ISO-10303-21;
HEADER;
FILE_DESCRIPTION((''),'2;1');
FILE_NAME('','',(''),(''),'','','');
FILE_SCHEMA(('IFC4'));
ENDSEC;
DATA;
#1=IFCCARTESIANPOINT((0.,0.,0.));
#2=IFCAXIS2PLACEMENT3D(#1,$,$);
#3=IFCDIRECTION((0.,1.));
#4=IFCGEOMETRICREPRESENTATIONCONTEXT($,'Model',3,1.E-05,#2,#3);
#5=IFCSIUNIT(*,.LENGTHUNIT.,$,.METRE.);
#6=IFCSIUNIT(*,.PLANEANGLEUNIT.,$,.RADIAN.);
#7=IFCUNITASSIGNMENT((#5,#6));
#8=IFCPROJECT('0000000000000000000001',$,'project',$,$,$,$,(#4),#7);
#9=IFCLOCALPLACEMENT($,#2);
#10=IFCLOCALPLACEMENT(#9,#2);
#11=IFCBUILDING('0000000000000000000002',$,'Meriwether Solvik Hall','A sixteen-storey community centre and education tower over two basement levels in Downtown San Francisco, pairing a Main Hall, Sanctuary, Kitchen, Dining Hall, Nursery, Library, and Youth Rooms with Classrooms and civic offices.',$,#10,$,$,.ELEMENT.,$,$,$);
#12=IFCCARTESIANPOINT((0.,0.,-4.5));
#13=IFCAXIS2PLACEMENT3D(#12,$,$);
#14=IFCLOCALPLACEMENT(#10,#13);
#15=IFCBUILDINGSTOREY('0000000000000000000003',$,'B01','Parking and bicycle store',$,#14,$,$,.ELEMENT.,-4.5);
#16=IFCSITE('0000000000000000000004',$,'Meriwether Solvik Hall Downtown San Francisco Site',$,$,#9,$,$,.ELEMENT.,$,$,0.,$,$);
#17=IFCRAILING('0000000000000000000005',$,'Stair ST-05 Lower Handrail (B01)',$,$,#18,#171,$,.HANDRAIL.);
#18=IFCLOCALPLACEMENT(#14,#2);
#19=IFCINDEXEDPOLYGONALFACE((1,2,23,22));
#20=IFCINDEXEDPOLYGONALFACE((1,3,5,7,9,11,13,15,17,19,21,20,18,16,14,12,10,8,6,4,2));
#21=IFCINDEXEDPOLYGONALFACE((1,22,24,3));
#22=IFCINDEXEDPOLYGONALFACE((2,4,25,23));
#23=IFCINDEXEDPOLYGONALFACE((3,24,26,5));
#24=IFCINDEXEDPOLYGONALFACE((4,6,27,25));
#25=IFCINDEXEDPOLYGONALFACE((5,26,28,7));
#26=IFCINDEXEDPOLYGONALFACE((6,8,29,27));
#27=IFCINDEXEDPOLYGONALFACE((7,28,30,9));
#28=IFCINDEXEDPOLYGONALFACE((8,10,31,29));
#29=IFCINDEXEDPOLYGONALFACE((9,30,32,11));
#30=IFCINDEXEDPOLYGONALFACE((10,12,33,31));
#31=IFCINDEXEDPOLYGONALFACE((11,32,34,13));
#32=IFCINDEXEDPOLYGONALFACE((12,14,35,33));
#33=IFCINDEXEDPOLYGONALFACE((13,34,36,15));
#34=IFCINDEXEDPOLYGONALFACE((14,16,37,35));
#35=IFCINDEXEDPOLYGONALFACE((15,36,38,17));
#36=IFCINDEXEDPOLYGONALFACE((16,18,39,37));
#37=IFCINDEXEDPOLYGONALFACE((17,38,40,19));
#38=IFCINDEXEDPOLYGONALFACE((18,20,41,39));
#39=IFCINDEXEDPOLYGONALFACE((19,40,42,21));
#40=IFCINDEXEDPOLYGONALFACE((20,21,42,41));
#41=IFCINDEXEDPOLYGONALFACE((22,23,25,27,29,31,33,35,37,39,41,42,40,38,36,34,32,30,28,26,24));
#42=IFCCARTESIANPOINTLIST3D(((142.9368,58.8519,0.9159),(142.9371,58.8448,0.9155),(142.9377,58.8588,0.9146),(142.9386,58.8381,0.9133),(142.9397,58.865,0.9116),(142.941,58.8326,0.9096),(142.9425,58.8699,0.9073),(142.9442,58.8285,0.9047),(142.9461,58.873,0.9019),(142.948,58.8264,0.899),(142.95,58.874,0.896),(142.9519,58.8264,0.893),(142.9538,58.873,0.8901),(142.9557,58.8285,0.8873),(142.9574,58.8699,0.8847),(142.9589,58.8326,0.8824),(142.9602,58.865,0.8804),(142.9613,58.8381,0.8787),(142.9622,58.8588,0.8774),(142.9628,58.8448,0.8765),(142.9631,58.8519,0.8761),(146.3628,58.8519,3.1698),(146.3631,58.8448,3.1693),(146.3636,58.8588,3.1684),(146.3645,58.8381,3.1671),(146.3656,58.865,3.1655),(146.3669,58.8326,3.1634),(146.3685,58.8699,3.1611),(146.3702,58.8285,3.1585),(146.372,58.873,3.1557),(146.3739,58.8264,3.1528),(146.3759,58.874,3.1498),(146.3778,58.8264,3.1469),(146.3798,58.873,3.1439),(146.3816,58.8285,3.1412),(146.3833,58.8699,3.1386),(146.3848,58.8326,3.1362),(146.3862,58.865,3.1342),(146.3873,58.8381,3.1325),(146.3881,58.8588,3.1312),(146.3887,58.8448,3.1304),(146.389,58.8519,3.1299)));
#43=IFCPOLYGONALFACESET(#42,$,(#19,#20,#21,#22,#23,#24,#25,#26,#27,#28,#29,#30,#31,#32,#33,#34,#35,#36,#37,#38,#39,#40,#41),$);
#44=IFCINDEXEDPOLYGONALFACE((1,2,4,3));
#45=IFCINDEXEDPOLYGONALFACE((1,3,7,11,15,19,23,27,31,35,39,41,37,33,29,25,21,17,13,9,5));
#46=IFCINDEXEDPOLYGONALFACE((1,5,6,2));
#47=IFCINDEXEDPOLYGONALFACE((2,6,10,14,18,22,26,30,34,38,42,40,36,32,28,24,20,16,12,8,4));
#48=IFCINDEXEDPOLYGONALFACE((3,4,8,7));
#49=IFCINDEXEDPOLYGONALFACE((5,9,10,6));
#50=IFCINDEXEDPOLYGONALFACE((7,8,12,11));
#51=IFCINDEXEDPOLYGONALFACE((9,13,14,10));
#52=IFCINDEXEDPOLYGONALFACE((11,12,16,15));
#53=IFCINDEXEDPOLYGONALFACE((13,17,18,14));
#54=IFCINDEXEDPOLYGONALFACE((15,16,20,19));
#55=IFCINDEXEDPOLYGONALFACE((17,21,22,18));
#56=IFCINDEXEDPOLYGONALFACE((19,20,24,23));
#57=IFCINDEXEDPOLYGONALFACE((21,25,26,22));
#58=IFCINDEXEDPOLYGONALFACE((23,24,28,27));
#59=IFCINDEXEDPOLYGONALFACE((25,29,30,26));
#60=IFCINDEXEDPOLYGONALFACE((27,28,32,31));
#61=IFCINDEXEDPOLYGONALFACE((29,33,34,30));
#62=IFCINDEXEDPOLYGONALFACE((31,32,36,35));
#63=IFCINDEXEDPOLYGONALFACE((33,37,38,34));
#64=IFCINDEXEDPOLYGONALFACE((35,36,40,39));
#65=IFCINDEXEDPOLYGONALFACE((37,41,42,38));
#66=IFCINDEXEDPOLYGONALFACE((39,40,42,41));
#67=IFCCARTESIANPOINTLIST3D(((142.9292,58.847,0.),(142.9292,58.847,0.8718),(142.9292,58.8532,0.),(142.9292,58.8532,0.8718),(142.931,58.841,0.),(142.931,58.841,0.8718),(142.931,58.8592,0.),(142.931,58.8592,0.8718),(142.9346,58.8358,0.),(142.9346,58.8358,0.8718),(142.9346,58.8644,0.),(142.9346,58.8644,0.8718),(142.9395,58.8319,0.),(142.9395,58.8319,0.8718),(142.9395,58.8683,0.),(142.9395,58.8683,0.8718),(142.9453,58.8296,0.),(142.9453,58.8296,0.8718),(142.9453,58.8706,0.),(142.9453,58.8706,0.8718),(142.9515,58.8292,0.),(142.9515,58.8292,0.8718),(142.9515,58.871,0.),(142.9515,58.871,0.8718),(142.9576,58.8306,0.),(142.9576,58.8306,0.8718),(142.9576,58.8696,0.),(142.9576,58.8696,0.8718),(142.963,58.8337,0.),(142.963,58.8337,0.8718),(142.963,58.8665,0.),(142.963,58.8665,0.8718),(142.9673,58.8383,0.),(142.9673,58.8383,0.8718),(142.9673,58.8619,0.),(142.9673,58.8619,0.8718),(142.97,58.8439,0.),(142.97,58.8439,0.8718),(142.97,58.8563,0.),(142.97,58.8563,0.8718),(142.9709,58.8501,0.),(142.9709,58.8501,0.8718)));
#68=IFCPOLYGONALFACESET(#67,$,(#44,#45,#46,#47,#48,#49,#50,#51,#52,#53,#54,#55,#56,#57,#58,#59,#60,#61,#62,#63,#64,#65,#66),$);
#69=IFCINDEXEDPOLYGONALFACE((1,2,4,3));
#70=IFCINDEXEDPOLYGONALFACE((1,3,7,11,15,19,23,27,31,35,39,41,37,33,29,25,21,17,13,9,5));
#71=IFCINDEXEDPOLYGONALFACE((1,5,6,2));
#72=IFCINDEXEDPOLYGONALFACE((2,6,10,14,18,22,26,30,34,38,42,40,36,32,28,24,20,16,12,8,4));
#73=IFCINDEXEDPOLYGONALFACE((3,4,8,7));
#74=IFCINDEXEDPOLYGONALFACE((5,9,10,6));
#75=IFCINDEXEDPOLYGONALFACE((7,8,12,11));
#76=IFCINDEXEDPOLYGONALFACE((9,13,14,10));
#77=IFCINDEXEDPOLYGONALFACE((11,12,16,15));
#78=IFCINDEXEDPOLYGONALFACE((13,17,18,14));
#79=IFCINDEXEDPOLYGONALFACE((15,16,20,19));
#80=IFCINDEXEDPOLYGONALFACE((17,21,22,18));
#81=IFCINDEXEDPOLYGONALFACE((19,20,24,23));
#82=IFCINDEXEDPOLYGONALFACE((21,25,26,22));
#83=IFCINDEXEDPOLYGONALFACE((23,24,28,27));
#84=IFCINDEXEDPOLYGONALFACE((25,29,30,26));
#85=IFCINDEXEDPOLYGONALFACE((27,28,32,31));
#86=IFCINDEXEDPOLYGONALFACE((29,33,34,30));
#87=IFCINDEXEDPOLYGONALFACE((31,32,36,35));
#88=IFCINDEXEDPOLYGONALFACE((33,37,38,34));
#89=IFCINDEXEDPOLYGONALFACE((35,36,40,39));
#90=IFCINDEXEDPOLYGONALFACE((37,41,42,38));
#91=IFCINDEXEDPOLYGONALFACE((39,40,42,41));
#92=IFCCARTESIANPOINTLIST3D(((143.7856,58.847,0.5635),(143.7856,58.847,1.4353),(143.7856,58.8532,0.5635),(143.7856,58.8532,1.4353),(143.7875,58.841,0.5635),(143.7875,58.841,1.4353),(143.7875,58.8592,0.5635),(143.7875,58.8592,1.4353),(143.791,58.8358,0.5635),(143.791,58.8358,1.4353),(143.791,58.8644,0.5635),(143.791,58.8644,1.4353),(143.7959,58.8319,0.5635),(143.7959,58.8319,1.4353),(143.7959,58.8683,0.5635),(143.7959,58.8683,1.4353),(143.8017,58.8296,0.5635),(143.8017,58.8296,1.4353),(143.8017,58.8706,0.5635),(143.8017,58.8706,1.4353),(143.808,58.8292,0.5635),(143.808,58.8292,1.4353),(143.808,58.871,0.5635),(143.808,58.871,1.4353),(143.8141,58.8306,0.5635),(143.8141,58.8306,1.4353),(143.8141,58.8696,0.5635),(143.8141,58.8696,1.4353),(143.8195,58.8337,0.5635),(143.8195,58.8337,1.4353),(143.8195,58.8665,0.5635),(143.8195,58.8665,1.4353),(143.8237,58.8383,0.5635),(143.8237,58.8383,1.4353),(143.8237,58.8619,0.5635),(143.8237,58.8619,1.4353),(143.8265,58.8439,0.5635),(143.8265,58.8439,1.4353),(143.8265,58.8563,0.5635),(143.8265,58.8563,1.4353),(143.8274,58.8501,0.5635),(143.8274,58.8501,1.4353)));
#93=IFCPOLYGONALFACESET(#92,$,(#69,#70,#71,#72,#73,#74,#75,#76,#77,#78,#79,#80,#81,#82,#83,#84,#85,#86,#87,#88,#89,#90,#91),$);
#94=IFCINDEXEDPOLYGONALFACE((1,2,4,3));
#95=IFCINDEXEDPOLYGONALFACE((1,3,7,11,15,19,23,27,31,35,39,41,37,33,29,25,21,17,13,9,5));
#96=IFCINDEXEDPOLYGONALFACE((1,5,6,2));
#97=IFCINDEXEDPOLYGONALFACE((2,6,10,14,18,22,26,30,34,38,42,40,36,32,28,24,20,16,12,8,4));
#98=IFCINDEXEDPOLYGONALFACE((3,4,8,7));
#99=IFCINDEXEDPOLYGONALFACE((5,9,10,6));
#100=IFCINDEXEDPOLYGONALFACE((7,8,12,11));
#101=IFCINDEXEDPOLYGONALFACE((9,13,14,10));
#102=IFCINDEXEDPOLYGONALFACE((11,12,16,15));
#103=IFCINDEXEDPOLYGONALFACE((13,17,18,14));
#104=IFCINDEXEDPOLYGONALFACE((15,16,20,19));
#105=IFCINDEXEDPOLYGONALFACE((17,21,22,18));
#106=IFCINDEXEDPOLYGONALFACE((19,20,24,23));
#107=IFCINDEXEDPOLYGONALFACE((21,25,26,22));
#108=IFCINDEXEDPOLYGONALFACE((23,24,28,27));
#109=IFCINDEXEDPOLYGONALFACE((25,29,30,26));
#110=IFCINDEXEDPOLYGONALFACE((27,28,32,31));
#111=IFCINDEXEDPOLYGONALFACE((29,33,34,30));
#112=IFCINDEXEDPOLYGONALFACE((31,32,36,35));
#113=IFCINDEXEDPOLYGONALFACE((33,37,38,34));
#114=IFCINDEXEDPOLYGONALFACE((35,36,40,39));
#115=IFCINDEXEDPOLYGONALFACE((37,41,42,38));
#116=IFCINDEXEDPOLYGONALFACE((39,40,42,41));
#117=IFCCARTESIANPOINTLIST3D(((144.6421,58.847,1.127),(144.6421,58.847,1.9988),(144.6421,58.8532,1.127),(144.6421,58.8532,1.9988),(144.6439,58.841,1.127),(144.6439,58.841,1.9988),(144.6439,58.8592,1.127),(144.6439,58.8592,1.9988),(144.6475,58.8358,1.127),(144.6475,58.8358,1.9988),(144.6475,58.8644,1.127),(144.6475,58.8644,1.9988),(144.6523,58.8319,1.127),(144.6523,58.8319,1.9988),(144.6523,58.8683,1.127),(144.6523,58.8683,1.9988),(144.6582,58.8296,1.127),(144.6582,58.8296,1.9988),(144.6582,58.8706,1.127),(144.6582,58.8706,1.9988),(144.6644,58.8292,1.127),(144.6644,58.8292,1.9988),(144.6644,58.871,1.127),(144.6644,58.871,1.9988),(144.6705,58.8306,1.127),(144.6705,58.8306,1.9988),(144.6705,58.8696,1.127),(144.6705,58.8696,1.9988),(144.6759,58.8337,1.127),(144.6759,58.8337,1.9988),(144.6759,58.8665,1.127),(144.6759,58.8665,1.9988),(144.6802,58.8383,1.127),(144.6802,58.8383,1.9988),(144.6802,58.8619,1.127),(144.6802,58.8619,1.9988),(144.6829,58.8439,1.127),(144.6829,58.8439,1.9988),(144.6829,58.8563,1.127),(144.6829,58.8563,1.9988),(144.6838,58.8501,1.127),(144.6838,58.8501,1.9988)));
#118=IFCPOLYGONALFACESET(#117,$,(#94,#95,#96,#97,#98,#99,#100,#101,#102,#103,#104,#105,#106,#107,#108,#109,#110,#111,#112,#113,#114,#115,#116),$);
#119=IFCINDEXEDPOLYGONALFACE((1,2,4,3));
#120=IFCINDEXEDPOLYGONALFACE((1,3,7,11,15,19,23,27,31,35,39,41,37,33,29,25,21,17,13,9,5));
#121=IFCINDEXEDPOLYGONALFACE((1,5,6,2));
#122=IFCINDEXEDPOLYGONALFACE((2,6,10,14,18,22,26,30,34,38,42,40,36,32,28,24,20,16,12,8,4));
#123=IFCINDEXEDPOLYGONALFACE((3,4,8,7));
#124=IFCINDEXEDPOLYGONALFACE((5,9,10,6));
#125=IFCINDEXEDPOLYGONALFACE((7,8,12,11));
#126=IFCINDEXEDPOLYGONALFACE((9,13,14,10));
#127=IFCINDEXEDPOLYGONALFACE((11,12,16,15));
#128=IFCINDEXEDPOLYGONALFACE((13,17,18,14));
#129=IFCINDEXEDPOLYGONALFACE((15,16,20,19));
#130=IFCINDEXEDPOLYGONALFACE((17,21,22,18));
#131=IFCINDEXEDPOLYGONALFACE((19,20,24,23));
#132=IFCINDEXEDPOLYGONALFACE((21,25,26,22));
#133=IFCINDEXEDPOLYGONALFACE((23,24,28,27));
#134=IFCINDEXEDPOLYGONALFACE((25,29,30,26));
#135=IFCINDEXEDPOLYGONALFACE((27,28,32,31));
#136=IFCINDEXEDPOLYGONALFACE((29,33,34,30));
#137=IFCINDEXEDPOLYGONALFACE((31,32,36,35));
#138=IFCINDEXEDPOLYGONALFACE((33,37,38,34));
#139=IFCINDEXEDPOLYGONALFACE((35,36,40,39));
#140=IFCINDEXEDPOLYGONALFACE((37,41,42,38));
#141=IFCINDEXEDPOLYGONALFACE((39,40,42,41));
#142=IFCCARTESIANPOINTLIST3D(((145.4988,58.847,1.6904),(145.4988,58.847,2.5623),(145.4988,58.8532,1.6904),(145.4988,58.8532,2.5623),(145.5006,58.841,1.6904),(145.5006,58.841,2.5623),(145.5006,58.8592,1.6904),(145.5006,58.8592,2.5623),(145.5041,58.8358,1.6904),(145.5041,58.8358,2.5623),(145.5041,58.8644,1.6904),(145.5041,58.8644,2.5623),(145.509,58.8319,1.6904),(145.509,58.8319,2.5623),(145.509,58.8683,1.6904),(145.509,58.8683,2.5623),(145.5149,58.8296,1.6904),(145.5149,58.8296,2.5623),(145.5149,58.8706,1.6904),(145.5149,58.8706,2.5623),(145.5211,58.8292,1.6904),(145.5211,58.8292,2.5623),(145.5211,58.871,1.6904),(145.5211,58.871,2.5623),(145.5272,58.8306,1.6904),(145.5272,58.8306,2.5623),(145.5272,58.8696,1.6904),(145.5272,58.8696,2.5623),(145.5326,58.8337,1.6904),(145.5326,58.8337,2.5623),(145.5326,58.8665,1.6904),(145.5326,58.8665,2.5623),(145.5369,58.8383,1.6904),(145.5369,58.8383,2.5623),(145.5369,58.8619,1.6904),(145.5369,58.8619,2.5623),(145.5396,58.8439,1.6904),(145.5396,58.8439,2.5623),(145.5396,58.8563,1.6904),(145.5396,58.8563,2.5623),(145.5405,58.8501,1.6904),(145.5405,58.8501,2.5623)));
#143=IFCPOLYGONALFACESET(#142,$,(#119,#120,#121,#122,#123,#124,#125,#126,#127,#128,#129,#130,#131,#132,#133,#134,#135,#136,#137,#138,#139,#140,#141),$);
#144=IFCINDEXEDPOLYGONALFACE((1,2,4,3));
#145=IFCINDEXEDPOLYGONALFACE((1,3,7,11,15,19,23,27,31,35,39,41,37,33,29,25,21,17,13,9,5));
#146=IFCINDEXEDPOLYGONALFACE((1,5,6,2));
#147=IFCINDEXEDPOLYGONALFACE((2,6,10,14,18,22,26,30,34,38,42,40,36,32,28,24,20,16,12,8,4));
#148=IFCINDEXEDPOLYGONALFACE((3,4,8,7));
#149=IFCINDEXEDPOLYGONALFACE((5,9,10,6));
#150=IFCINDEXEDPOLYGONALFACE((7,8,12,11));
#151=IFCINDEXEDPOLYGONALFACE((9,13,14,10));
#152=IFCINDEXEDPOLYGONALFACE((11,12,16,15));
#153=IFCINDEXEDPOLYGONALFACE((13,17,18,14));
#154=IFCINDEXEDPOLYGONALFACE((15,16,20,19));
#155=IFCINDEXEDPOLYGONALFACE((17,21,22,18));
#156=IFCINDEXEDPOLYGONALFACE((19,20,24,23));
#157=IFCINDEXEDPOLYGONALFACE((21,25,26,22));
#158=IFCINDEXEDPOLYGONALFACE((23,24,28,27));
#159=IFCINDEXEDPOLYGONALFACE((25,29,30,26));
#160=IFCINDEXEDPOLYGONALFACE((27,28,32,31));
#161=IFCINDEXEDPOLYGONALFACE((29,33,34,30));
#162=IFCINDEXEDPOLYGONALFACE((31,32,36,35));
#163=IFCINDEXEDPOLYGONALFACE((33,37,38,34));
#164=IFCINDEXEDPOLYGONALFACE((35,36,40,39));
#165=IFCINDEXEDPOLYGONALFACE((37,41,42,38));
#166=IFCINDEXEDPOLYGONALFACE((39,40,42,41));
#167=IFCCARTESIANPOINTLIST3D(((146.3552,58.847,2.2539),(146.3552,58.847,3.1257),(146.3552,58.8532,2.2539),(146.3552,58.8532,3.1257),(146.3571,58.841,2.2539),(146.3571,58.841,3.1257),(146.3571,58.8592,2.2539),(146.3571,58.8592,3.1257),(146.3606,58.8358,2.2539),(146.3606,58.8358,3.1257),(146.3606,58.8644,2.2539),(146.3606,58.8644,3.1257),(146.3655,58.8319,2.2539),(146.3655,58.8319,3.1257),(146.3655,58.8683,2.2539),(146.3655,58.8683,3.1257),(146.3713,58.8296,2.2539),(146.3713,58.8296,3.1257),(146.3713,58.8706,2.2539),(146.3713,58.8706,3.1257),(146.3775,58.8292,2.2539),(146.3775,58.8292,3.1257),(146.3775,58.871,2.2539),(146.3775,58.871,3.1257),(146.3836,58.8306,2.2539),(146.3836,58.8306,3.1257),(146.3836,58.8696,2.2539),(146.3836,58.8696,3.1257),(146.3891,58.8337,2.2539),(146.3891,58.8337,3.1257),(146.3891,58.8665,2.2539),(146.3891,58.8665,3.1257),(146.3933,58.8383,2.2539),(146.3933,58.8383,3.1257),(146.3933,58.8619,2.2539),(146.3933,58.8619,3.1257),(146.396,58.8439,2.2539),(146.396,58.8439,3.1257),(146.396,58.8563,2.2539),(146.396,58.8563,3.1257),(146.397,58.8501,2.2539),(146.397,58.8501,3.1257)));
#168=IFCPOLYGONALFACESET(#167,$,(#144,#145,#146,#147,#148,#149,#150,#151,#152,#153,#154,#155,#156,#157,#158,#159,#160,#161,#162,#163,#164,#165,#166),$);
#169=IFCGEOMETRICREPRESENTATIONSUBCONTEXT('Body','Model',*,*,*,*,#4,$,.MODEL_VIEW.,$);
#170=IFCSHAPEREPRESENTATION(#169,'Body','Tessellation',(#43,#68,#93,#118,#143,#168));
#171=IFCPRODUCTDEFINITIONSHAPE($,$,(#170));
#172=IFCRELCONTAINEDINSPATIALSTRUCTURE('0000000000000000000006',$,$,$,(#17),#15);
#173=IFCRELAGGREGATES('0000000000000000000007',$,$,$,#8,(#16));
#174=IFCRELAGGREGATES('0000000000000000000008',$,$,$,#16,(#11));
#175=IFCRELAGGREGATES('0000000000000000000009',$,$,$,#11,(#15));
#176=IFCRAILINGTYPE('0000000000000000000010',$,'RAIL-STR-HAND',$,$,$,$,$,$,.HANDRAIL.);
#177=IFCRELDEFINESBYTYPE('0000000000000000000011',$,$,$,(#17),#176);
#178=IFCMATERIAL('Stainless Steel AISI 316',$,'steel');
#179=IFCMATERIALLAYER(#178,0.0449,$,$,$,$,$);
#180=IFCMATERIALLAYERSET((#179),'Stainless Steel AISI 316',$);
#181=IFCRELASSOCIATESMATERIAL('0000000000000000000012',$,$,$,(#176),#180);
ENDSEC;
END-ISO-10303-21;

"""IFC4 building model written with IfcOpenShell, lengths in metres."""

from ifc_helpers import new_model, si_unit, direction, frame, origin, origin_2d, place, context, subcontext, project, spatial, circle, extrude, material, layer, layer_set, type_object, element, save


model = new_model("IFC4")

# Units and contexts
model_context = context("Model", 3, precision=1e-05, world=origin(), true_north=direction((0.0, 1.0)))
body_context = subcontext(model_context, "Body", "Model", "MODEL_VIEW")
ifc_project = project(units=[si_unit("LENGTHUNIT", "METRE"), si_unit("PLANEANGLEUNIT", "RADIAN")], contexts=[model_context])

# Site, building, storey
site_placement = place(None, origin())
site = spatial("IfcSite", under=ifc_project, at=site_placement, Name="Meriwether Solvik Hall Downtown San Francisco Site", CompositionType="ELEMENT", RefElevation=0.0)
building_placement = place(site_placement, origin())
building = spatial("IfcBuilding", under=site, at=building_placement, Name="Meriwether Solvik Hall", Description="A sixteen-storey community centre and education tower over two basement levels in Downtown San Francisco, pairing a Main Hall, Sanctuary, Kitchen, Dining Hall, Nursery, Library, and Youth Rooms with Classrooms and civic offices.", CompositionType="ELEMENT")
storey_placement = place(building_placement, frame((0.0, 0.0, -4.5)))
storey = spatial("IfcBuildingStorey", under=building, at=storey_placement, Name="B01", Description="Parking and bicycle store", CompositionType="ELEMENT", Elevation=-4.5)

# Railing
ifc_material_1 = material(Name="Stainless Steel AISI 316", Category="steel")
ifc_layer_1 = layer(ifc_material_1, 0.0449)
ifc_layer_set_1 = layer_set([ifc_layer_1], Name="Stainless Steel AISI 316")
railing_type = type_object("IfcRailingType", Name="RAIL-STR-HAND", PredefinedType="HANDRAIL", material=ifc_layer_set_1)
railing_placement = place(storey_placement, frame((142.95, 58.8501, 0.0)))
element("IfcRailing", 1, at=railing_placement, inside=storey, type_object=railing_type, Name="Stair ST-05 Lower Handrail (B01)", PredefinedType="HANDRAIL", context=body_context, shape_type="SweptSolid", body=[
    extrude(circle(Radius=0.0239, at=origin_2d()), frame((0.0, 0.0, 0.896), z_axis=(0.835424, 0.0, 0.549607), x_axis=(0.0, 1.0, 0.0)), (0.0, 0.0, 1.0), 4.1008),
    extrude(circle(Radius=0.021, at=origin_2d()), origin(), (0.0, 0.0, 1.0), 0.8718),
    extrude(circle(Radius=0.021, at=origin_2d()), frame((0.8564, 0.0, 0.5635)), (0.0, 0.0, 1.0), 0.8718),
    extrude(circle(Radius=0.021, at=origin_2d()), frame((1.7129, 0.0, 1.127)), (0.0, 0.0, 1.0), 0.8718),
    extrude(circle(Radius=0.021, at=origin_2d()), frame((2.5696, 0.0, 1.6904)), (0.0, 0.0, 1.0), 0.8718),
    extrude(circle(Radius=0.021, at=origin_2d()), frame((3.426, 0.0, 2.2539)), (0.0, 0.0, 1.0), 0.8718),
])

save(model, "model.ifc")
